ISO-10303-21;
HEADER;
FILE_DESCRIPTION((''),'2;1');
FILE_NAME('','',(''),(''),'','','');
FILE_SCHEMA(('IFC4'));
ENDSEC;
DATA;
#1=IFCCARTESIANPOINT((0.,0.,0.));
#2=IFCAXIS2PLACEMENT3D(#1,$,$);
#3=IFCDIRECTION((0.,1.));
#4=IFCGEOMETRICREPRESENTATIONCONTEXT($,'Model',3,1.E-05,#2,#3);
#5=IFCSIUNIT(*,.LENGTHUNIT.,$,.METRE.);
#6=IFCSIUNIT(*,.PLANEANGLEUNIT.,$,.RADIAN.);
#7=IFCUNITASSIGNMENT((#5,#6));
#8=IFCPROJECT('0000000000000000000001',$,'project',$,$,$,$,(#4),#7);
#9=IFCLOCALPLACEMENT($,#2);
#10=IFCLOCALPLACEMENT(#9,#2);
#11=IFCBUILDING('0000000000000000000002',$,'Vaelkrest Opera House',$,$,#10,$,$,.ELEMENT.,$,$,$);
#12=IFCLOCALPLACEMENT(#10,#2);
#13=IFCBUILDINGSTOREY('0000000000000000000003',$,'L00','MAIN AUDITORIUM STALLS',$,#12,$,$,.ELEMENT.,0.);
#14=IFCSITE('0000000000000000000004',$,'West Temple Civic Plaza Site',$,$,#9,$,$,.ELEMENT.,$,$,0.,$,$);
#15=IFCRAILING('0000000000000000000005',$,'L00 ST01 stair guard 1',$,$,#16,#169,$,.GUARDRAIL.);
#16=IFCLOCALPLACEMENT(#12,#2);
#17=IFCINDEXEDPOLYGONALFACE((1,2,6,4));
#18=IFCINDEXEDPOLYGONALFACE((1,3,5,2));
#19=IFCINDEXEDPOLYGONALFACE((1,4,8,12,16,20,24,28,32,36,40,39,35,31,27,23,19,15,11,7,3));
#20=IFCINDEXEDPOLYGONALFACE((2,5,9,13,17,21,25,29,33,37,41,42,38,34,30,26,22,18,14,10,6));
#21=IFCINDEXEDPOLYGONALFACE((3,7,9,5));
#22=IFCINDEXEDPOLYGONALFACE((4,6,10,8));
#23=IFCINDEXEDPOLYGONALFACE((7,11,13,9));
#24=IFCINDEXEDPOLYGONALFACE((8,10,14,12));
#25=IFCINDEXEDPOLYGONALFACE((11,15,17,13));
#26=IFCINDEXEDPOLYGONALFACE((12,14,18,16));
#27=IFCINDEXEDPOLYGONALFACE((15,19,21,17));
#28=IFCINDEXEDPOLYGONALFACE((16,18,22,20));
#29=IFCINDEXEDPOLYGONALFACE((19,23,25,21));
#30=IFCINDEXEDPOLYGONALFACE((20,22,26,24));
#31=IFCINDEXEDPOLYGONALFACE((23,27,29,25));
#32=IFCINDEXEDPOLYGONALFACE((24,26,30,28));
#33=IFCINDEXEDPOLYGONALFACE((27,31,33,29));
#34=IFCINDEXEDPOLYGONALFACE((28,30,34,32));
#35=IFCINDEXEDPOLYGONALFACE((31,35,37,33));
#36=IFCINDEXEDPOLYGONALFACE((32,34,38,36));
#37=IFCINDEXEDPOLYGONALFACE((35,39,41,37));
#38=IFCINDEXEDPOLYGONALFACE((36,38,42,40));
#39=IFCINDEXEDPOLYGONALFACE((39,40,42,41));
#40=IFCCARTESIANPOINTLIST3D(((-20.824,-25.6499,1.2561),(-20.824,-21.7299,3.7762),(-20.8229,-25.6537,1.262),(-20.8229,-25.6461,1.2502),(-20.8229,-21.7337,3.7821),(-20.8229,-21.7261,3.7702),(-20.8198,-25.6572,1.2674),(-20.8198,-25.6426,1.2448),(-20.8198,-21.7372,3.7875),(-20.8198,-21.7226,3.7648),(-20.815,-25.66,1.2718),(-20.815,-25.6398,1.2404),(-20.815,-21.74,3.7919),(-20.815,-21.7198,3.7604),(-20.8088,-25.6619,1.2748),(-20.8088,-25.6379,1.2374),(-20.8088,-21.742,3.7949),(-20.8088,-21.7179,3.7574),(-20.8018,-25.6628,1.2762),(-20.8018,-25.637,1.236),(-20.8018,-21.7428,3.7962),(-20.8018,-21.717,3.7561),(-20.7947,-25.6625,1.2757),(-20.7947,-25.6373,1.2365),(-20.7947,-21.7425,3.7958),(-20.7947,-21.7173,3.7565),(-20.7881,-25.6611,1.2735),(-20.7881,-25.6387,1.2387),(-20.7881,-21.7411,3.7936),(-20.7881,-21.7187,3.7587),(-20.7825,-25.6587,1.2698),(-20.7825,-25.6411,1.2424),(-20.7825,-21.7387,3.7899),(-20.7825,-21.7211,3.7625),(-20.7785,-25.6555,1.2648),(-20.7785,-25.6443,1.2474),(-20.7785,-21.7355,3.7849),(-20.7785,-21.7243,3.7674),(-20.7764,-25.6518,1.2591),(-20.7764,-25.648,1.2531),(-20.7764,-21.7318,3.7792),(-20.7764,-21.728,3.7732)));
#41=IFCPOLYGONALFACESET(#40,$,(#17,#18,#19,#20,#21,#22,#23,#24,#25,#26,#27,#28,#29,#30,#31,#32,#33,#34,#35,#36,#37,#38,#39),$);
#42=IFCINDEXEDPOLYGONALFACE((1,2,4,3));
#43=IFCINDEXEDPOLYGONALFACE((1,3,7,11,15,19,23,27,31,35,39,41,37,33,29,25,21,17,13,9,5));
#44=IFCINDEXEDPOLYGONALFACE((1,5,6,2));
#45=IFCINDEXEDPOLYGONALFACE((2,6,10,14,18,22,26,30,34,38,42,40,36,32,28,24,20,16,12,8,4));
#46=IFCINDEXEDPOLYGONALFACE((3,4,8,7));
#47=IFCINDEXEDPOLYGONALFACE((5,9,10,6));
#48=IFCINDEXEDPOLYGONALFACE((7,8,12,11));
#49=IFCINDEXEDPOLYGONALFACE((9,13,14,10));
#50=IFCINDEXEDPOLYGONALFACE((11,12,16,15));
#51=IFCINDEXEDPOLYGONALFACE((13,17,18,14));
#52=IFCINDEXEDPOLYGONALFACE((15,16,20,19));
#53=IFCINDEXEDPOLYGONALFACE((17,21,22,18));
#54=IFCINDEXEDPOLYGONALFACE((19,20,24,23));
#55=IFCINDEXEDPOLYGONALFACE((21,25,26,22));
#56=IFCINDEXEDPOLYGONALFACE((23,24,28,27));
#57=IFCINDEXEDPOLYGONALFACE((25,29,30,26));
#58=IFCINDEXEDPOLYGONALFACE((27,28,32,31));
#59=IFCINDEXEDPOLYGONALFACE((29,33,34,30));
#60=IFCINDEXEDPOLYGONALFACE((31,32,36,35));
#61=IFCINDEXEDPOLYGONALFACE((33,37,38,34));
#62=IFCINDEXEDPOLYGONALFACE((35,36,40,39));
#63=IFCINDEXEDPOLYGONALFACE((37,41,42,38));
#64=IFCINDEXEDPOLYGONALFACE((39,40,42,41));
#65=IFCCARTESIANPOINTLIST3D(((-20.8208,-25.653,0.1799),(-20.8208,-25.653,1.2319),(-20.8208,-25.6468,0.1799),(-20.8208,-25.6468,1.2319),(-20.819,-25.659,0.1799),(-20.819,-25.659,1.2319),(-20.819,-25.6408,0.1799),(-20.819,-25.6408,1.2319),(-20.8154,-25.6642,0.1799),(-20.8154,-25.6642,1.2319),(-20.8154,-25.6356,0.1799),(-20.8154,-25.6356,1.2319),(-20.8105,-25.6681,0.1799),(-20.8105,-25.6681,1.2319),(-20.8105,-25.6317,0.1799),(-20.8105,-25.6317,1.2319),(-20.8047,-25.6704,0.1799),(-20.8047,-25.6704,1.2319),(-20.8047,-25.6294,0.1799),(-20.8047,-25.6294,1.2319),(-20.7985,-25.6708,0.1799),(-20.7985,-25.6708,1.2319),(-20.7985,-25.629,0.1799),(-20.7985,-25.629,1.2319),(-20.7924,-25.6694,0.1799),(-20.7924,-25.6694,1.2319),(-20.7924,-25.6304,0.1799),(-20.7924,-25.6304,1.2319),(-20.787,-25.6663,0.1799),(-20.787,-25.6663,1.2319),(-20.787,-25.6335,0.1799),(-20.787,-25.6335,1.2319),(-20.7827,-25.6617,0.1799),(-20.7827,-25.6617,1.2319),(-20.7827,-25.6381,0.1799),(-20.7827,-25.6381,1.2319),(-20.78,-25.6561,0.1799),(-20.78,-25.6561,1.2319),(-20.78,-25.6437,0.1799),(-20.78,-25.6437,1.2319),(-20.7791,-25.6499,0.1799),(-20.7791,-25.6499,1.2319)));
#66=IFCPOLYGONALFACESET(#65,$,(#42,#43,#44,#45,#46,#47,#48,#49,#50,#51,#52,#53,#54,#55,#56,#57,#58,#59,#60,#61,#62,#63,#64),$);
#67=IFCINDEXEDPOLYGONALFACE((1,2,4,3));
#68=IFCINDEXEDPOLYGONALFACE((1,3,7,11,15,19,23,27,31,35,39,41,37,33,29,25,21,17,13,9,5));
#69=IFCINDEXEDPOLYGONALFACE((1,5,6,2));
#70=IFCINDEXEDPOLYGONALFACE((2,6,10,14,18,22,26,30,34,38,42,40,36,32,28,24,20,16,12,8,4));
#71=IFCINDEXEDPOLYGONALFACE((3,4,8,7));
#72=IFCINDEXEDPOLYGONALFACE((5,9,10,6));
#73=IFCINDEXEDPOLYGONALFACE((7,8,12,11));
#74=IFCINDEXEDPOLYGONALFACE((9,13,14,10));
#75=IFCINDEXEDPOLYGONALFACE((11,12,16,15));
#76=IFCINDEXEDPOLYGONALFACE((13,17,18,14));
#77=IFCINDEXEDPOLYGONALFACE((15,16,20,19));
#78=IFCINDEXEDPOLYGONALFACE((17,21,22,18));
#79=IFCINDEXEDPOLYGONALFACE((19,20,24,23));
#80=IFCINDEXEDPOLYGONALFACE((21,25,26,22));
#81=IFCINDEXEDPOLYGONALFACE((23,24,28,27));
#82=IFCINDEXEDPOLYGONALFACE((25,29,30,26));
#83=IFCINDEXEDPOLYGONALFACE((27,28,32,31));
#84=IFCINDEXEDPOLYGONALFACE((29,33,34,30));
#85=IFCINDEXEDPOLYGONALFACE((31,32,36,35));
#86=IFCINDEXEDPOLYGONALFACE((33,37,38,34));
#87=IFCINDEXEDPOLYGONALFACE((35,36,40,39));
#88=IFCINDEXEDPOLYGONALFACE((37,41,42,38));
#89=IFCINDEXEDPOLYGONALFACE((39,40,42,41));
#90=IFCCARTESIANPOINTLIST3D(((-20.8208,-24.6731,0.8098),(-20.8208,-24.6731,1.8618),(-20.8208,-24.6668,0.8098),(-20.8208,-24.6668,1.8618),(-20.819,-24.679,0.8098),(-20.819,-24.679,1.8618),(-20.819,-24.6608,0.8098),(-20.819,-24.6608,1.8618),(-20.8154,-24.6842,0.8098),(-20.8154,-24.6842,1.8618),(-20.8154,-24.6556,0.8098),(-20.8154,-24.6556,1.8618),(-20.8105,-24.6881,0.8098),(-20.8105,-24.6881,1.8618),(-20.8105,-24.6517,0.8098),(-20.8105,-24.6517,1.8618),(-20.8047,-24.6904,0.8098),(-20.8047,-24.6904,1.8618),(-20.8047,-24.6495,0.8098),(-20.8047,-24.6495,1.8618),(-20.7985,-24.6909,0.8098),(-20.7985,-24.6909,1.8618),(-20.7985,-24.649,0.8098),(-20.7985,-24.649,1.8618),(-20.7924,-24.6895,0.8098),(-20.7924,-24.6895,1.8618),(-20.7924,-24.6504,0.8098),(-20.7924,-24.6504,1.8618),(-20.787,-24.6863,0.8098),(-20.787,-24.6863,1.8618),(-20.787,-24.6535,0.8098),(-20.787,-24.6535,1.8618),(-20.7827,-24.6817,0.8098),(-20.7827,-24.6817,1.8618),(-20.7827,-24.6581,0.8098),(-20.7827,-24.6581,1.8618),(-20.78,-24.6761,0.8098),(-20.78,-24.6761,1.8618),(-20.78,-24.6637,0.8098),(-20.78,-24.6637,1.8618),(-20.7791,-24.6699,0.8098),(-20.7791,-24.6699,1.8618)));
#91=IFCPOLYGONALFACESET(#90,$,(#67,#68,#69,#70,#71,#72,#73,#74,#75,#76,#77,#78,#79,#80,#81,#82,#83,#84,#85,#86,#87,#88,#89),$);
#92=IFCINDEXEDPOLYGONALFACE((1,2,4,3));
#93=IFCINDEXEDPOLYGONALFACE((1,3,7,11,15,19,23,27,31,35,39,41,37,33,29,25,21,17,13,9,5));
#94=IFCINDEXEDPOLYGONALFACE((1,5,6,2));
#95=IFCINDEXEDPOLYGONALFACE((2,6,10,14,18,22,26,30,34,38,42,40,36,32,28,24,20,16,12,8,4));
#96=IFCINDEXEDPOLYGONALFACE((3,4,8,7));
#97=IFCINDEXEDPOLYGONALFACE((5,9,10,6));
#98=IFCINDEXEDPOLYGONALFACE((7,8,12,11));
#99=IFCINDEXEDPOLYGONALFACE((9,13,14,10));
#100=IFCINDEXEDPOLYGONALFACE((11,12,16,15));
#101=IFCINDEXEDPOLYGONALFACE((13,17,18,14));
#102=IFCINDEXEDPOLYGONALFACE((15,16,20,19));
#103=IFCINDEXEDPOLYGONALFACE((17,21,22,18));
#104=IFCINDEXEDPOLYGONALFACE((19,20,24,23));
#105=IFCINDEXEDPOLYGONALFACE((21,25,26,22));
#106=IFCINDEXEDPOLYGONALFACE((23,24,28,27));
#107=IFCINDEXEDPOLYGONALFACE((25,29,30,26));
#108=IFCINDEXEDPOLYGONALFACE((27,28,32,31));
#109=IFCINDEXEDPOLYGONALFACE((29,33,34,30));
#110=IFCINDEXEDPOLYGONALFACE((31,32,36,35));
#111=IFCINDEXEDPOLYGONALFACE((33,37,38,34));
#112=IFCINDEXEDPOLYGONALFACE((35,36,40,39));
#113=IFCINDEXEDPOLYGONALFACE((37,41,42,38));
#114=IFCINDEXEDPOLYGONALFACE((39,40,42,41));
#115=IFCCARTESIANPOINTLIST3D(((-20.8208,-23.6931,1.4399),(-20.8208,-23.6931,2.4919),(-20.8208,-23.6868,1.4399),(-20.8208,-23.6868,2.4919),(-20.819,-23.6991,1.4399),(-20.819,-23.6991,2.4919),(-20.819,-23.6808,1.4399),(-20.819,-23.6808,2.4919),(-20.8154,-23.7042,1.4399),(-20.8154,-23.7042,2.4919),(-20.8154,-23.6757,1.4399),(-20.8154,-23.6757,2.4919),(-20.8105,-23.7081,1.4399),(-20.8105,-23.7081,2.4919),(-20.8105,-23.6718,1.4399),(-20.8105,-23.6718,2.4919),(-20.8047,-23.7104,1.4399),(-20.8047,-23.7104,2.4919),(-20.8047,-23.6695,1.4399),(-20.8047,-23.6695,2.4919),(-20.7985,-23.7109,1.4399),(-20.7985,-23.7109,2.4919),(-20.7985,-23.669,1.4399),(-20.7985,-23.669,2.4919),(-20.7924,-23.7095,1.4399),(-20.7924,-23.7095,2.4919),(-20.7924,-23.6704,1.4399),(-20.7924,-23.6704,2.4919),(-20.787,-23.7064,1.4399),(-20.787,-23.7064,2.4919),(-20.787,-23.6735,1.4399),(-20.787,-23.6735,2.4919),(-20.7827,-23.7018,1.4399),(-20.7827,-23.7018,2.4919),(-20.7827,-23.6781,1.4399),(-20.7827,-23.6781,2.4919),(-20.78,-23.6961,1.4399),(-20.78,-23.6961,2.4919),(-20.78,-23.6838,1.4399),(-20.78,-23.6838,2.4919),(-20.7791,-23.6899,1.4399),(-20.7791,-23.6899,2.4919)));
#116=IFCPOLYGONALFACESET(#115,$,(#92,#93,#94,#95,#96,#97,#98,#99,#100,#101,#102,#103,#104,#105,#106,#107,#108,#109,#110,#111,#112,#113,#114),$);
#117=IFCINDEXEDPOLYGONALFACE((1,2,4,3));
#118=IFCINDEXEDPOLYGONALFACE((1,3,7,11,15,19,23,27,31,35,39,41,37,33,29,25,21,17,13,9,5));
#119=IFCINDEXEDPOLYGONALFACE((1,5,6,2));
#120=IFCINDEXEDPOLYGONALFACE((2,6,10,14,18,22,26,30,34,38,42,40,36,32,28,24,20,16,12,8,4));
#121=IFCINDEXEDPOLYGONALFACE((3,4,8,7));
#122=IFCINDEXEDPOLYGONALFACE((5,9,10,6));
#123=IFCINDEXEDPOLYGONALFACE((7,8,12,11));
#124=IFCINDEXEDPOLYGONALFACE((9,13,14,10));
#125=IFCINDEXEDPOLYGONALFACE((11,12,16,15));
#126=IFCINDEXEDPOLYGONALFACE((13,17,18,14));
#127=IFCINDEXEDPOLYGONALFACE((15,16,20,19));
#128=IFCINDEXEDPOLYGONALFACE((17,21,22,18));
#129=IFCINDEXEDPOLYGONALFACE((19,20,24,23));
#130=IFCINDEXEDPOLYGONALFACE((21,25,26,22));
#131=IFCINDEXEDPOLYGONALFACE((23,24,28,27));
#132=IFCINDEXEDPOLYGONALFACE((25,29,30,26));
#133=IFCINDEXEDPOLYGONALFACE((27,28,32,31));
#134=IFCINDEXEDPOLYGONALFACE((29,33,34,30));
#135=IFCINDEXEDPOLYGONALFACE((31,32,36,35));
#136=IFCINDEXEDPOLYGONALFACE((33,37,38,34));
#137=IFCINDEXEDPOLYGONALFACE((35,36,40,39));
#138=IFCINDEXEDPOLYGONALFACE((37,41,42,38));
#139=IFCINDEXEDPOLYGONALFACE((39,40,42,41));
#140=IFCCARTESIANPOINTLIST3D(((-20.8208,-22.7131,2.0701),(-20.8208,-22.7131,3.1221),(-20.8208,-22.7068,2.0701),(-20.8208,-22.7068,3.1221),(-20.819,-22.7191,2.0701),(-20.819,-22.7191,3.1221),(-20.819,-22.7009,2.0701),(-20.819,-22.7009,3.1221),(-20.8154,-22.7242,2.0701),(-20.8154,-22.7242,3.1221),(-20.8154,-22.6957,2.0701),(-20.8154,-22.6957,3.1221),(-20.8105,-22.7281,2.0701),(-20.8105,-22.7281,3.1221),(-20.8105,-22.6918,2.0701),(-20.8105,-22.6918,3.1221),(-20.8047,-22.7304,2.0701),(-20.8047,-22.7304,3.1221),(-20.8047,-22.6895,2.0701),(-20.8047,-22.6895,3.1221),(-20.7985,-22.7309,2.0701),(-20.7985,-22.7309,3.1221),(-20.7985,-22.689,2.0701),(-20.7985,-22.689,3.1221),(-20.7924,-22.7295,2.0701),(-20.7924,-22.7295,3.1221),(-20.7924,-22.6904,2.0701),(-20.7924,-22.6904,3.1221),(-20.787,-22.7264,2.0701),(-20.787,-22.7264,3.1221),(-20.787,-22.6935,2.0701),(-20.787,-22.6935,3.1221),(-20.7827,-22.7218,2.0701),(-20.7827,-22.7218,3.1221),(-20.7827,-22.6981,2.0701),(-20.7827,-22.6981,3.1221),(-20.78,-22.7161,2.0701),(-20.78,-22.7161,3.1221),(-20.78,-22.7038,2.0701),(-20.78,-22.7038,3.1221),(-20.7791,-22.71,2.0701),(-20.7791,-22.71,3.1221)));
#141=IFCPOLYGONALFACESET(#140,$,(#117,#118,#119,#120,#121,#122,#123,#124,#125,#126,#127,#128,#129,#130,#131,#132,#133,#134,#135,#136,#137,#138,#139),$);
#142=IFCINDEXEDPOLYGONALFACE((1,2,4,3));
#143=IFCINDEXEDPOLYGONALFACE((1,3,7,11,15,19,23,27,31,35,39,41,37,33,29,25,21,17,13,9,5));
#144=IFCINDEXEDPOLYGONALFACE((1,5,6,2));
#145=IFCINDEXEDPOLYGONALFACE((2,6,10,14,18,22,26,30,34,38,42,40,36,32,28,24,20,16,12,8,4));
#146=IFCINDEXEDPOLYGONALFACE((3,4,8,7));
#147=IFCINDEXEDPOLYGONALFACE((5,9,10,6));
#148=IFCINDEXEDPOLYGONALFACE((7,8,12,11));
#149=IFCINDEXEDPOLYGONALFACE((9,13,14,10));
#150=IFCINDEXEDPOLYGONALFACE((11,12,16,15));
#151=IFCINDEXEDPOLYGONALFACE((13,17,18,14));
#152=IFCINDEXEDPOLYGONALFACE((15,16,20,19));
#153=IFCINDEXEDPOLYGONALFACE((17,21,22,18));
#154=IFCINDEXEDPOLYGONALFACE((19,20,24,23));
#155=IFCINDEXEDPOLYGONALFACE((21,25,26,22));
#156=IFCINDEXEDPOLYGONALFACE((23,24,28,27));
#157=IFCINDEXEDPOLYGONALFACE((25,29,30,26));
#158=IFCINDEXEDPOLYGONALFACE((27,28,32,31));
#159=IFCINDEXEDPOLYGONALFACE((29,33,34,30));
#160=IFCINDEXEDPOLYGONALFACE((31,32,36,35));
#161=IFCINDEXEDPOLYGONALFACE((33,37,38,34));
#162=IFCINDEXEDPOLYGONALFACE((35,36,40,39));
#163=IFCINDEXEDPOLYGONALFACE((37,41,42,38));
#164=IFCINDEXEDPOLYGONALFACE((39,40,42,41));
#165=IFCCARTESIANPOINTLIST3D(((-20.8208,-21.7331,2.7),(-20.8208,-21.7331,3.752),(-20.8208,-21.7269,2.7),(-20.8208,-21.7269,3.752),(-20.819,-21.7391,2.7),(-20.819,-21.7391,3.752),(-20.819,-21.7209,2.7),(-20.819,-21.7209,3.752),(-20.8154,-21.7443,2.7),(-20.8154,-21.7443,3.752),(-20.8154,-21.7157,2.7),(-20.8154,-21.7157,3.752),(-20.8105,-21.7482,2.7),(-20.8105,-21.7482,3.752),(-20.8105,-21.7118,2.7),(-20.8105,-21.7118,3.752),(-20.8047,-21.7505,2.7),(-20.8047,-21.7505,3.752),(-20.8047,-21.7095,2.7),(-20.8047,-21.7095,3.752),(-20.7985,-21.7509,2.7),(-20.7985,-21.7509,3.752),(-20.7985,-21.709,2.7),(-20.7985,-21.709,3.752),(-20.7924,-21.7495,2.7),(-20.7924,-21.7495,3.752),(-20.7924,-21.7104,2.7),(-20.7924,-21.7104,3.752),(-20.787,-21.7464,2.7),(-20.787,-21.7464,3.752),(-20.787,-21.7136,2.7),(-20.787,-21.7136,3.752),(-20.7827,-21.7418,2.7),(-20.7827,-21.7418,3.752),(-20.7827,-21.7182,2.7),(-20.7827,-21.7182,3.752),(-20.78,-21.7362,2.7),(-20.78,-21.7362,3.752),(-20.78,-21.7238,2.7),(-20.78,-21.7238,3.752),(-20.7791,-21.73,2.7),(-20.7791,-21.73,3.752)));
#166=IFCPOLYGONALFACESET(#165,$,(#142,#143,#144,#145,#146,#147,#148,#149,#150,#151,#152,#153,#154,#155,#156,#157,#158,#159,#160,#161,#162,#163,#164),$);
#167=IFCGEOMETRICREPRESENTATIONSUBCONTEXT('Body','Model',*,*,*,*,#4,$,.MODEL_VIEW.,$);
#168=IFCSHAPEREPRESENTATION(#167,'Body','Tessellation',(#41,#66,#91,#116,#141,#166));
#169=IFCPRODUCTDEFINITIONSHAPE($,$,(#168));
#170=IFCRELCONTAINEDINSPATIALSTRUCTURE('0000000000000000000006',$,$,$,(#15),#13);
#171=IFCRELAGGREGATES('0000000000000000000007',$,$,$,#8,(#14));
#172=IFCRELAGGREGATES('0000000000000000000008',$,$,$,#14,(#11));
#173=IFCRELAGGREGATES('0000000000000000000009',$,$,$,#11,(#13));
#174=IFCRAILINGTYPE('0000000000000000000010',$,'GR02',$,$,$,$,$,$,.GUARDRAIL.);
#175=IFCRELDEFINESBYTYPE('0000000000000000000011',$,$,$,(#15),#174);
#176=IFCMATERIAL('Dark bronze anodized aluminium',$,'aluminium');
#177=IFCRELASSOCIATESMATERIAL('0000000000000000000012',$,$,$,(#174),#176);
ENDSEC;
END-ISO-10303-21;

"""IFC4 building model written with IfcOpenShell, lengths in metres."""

from ifc_helpers import new_model, si_unit, direction, frame, origin, origin_2d, place, context, subcontext, project, spatial, circle, extrude, material, type_object, element, save


model = new_model("IFC4")

# Units and contexts
model_context = context("Model", 3, precision=1e-05, world=origin(), true_north=direction((0.0, 1.0)))
body_context = subcontext(model_context, "Body", "Model", "MODEL_VIEW")
ifc_project = project(units=[si_unit("LENGTHUNIT", "METRE"), si_unit("PLANEANGLEUNIT", "RADIAN")], contexts=[model_context])

# Site, building, storey
site_placement = place(None, origin())
site = spatial("IfcSite", under=ifc_project, at=site_placement, Name="West Temple Civic Plaza Site", CompositionType="ELEMENT", RefElevation=0.0)
building_placement = place(site_placement, origin())
building = spatial("IfcBuilding", under=site, at=building_placement, Name="Vaelkrest Opera House", CompositionType="ELEMENT")
storey_placement = place(building_placement, origin())
storey = spatial("IfcBuildingStorey", under=building, at=storey_placement, Name="L00", Description="MAIN AUDITORIUM STALLS", CompositionType="ELEMENT", Elevation=0.0)

# Shared definitions
ifc_material_1 = material(Name="Dark bronze anodized aluminium", Category="aluminium")

# Railing
railing_type_1 = type_object("IfcRailingType", Name="GR02", PredefinedType="GUARDRAIL", material=ifc_material_1)
railing_1_placement = place(storey_placement, frame((-20.8, -25.6499, 0.1799)))
element("IfcRailing", 1, at=railing_1_placement, inside=storey, type_object=railing_type_1, Name="L00 ST01 stair guard 1", PredefinedType="GUARDRAIL", context=body_context, shape_type="SweptSolid", body=[
    extrude(circle(Radius=0.0239, at=origin_2d()), frame((0.0, 0.0, 1.0762), z_axis=(0.0, 0.841172, 0.540768), x_axis=(-1.0, 0.0, 0.0)), (0.0, 0.0, 1.0), 4.6602),
    extrude(circle(Radius=0.021, at=origin_2d()), origin(), (0.0, 0.0, 1.0), 1.052),
    extrude(circle(Radius=0.021, at=origin_2d()), frame((0.0, 0.98, 0.6299)), (0.0, 0.0, 1.0), 1.052),
    extrude(circle(Radius=0.021, at=origin_2d()), frame((0.0, 1.96, 1.26)), (0.0, 0.0, 1.0), 1.052),
    extrude(circle(Radius=0.021, at=origin_2d()), frame((0.0, 2.9399, 1.8901)), (0.0, 0.0, 1.0), 1.052),
    extrude(circle(Radius=0.021, at=origin_2d()), frame((0.0, 3.9199, 2.52)), (0.0, 0.0, 1.0), 1.052),
])

save(model, "model.ifc")
